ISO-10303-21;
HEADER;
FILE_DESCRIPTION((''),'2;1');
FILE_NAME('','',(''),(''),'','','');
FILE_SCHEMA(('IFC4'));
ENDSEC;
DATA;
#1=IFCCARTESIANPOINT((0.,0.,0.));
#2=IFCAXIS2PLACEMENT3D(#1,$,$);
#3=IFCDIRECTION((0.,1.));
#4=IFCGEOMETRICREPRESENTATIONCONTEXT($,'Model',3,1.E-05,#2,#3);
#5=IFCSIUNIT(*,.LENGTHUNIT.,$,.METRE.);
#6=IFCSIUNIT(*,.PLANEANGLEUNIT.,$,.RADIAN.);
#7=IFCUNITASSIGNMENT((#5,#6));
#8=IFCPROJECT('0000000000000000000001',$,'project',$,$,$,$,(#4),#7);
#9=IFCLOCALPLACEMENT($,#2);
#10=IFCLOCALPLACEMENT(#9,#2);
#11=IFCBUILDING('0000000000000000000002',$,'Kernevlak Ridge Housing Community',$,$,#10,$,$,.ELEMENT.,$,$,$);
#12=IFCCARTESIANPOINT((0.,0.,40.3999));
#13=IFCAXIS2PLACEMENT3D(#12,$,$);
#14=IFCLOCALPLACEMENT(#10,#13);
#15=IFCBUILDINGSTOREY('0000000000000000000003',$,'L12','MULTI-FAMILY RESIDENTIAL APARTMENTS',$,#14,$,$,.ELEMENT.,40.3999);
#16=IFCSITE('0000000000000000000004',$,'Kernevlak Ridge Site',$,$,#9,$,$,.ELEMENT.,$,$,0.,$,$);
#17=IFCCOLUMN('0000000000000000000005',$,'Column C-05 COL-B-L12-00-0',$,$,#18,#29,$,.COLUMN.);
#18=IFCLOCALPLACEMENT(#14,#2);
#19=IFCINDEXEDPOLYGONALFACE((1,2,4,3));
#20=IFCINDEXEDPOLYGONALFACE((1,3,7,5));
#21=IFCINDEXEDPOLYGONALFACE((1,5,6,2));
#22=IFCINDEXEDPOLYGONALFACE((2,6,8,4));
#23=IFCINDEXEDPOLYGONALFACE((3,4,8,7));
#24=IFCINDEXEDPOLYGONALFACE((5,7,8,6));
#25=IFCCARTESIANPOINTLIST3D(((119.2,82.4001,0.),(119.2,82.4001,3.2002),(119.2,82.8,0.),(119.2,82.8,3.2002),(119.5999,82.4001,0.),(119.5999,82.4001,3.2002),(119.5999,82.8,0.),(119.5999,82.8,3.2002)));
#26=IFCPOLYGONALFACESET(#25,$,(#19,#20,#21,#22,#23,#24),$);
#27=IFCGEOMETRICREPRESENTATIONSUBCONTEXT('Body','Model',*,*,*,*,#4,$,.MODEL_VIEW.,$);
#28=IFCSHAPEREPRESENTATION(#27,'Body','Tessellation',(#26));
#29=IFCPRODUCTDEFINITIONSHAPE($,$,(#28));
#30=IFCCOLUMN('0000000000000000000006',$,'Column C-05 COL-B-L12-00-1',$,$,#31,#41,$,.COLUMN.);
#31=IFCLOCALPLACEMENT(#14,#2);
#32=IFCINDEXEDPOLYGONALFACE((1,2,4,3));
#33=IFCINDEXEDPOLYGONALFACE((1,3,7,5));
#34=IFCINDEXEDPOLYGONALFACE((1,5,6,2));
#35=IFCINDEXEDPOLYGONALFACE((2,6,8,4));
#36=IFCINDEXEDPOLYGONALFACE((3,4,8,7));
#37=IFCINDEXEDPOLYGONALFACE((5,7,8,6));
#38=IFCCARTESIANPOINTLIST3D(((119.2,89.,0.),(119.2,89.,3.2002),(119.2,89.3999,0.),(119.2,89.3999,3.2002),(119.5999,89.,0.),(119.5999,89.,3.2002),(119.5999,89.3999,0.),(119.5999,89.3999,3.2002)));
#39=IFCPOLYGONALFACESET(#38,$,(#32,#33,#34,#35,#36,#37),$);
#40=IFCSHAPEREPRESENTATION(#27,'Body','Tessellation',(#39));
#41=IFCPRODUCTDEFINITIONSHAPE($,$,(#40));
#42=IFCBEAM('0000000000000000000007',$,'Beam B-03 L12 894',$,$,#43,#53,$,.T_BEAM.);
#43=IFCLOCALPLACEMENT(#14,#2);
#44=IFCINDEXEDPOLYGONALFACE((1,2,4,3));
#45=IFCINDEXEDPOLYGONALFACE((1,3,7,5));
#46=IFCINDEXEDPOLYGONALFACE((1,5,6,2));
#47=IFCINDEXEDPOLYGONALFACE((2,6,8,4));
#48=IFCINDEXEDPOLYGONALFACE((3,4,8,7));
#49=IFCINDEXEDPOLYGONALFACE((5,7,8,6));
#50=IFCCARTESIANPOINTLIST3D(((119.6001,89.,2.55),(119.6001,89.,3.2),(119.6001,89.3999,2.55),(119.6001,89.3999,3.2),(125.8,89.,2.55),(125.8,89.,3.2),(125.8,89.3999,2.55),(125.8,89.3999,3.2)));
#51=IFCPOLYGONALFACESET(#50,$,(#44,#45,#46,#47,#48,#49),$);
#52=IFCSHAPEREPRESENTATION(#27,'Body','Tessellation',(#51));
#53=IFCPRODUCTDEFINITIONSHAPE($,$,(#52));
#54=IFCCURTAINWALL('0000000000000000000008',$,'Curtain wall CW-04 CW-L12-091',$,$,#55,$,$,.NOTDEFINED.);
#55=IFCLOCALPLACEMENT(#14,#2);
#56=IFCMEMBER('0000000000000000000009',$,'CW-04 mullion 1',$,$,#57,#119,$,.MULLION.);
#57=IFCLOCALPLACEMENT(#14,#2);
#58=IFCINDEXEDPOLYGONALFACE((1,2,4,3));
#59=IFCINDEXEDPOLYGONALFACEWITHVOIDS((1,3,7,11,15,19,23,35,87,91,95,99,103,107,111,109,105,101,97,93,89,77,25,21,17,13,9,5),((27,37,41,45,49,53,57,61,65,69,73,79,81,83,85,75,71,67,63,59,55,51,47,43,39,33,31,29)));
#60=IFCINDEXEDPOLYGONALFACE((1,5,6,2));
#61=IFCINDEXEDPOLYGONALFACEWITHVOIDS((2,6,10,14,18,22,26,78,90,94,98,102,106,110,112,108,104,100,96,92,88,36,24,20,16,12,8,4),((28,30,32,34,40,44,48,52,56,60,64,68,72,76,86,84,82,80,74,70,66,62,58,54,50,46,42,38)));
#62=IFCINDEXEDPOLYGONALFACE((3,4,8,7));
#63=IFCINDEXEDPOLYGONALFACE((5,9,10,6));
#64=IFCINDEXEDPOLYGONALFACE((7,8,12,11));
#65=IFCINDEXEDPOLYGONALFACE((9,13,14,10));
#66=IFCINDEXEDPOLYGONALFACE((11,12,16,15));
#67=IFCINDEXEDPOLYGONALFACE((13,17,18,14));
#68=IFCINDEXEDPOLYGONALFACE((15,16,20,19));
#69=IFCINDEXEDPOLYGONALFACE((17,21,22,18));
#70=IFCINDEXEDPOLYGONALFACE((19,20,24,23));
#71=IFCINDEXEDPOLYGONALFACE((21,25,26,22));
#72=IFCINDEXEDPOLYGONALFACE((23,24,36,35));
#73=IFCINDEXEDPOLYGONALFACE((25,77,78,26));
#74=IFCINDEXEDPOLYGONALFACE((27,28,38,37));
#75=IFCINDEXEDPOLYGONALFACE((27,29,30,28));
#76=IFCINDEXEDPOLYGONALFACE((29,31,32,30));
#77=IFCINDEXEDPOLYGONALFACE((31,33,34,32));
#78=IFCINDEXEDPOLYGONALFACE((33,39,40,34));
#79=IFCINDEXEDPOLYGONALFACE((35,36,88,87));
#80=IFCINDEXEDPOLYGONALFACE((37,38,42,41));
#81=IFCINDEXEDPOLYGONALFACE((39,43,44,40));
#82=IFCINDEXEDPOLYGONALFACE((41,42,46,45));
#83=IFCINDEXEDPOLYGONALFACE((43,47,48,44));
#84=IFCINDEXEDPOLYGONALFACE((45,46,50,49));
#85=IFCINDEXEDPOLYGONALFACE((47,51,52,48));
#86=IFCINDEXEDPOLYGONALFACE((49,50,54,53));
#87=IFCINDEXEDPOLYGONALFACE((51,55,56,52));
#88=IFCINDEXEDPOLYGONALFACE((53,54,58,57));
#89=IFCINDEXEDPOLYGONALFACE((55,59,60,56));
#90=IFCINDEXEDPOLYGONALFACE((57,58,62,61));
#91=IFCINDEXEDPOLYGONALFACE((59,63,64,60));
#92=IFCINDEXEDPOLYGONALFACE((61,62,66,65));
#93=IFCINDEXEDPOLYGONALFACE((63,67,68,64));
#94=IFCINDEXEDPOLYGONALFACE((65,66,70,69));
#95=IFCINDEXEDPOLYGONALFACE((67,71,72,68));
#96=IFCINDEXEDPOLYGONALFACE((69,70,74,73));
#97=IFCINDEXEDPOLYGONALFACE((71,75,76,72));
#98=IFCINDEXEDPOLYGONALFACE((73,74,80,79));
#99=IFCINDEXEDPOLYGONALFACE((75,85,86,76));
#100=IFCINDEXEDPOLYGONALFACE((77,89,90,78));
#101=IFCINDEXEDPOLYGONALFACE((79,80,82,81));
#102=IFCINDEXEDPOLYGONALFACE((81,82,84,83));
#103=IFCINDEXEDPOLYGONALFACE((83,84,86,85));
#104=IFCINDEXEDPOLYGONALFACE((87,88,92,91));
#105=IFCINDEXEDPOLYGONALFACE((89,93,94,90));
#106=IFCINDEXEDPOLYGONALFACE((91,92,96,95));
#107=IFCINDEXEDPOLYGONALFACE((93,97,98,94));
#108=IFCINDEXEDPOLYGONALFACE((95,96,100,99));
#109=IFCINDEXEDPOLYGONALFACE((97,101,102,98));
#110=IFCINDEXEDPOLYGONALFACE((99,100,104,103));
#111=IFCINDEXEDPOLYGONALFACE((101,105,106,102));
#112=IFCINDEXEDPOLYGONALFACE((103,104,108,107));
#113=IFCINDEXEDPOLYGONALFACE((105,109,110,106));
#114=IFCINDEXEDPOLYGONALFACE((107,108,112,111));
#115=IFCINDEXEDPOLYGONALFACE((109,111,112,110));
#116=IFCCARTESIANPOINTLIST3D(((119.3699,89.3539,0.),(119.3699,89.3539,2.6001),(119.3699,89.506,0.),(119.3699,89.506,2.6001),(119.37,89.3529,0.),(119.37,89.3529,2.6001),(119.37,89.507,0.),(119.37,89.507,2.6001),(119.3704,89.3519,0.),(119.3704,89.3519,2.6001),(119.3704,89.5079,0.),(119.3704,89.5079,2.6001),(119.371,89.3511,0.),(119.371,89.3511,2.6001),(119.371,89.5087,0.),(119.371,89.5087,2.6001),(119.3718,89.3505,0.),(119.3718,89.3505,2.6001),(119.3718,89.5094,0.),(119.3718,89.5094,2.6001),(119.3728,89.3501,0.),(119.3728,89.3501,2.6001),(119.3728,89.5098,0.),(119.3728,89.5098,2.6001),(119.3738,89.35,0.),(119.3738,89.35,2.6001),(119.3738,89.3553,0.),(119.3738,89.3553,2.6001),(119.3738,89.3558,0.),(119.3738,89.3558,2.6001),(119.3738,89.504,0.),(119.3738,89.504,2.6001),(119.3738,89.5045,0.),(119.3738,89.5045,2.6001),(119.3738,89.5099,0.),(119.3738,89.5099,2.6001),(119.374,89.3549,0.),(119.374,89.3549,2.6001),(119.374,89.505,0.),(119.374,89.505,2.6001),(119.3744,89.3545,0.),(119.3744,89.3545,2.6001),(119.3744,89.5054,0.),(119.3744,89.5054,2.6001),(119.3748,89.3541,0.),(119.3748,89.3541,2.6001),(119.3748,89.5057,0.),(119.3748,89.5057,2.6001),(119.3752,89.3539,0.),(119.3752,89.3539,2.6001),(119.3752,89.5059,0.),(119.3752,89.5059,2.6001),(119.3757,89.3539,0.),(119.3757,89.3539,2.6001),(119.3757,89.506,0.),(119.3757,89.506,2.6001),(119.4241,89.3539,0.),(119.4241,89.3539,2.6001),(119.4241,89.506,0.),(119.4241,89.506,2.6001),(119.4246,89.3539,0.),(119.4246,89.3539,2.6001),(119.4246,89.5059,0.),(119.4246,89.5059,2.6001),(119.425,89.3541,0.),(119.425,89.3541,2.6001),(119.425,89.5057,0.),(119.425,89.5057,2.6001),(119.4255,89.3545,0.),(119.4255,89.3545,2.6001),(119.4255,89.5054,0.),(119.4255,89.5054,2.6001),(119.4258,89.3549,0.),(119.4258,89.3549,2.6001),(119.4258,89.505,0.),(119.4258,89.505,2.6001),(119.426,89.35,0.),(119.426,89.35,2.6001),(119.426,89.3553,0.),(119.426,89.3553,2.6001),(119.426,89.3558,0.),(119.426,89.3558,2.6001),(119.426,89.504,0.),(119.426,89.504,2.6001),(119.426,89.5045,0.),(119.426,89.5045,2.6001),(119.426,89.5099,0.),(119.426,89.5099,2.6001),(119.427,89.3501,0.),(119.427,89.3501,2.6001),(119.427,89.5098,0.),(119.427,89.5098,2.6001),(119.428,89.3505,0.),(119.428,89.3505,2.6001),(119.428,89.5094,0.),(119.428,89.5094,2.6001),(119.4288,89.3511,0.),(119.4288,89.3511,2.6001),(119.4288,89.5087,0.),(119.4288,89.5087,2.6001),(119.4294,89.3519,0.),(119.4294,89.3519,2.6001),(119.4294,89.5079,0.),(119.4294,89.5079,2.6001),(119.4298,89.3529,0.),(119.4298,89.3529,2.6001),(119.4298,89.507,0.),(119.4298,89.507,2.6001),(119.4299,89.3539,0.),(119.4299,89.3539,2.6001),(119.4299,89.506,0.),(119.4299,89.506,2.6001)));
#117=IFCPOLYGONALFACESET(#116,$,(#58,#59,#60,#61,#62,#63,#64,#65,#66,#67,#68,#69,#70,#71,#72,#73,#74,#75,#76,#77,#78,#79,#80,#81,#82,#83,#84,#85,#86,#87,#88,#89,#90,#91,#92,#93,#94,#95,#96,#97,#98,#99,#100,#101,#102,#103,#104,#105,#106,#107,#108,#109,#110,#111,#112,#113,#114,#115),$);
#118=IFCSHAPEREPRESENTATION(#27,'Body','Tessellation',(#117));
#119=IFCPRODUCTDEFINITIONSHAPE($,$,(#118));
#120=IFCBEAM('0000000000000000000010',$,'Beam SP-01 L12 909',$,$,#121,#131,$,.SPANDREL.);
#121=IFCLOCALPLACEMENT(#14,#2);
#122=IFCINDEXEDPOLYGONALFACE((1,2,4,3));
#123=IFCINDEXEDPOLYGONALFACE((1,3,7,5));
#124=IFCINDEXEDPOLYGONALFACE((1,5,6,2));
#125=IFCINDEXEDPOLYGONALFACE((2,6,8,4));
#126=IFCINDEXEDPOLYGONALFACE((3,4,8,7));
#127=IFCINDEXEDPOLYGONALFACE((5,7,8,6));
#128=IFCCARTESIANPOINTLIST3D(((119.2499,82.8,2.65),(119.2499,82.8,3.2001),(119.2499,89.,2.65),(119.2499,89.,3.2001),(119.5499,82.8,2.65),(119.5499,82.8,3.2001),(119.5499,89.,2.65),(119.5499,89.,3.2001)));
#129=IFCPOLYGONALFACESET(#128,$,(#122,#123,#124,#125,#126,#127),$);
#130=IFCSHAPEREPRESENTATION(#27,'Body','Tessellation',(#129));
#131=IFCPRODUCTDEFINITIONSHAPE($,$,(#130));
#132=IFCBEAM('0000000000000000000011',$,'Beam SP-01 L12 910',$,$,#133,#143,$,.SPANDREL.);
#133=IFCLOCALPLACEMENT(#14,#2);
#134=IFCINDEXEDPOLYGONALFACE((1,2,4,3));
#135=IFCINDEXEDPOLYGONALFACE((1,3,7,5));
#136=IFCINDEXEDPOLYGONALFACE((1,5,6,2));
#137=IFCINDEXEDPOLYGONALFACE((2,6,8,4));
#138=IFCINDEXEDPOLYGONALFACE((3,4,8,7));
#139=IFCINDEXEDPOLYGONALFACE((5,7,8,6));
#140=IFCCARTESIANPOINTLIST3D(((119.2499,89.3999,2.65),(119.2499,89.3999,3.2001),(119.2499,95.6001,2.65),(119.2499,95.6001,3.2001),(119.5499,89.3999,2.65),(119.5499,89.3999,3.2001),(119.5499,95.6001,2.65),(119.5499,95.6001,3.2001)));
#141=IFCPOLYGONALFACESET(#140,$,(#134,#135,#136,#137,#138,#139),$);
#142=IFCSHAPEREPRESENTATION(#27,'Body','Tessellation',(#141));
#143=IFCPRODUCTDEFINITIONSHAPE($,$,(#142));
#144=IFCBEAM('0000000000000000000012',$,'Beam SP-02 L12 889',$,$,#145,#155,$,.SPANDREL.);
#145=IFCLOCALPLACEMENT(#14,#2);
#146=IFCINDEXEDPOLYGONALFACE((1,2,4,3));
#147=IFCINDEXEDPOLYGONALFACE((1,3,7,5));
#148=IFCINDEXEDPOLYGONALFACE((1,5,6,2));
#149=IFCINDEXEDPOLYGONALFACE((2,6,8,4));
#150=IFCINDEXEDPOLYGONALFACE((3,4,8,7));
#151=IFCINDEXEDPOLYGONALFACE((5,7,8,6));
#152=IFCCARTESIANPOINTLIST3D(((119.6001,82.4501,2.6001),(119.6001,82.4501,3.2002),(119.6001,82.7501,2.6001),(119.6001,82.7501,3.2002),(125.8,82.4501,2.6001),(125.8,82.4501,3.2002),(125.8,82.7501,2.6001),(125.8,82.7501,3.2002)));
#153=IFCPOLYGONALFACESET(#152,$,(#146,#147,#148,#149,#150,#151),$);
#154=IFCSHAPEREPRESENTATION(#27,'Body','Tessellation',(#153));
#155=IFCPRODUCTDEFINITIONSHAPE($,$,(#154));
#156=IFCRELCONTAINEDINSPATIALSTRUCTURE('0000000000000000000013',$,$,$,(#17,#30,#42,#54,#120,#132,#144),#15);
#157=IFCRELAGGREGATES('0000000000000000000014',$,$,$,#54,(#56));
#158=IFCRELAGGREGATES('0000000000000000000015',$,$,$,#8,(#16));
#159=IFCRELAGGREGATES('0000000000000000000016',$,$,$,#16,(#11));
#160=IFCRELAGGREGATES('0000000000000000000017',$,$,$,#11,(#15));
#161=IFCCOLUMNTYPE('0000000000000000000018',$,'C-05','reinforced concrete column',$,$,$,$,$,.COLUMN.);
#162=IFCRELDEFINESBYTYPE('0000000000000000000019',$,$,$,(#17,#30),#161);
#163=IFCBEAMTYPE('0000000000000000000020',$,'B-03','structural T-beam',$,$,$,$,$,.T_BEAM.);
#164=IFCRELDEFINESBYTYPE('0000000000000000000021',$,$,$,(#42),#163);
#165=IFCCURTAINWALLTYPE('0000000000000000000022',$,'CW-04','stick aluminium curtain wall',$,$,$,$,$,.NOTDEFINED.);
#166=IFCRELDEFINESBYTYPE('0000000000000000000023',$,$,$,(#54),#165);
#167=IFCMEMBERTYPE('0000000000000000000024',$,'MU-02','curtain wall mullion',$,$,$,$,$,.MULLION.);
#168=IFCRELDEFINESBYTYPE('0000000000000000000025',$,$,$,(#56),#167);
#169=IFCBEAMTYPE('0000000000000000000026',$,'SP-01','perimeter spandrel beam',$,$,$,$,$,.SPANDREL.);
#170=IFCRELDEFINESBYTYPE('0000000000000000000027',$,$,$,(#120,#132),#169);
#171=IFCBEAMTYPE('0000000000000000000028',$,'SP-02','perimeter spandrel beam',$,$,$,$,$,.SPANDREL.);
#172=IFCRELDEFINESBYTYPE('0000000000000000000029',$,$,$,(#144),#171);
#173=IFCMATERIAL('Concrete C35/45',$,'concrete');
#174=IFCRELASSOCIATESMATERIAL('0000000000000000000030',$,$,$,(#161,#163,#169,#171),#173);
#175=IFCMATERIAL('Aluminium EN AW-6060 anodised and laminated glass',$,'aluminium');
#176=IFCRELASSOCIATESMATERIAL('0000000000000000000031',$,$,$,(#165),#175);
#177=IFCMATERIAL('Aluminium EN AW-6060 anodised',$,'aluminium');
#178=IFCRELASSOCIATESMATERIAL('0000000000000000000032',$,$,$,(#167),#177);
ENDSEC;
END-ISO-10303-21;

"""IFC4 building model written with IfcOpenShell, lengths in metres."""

from ifc_helpers import new_model, si_unit, direction, frame, origin, origin_2d, place, context, subcontext, project, spatial, rectangle, hollow_rectangle, extrude, material, material_profile, profile_set, type_object, element, aggregate, save


model = new_model("IFC4")

# Units and contexts
model_context = context("Model", 3, precision=1e-05, world=origin(), true_north=direction((0.0, 1.0)))
body_context = subcontext(model_context, "Body", "Model", "MODEL_VIEW")
ifc_project = project(units=[si_unit("LENGTHUNIT", "METRE"), si_unit("PLANEANGLEUNIT", "RADIAN")], contexts=[model_context])

# Site, building, storey
site_placement = place(None, origin())
site = spatial("IfcSite", under=ifc_project, at=site_placement, Name="Kernevlak Ridge Site", CompositionType="ELEMENT", RefElevation=0.0)
building_placement = place(site_placement, origin())
building = spatial("IfcBuilding", under=site, at=building_placement, Name="Kernevlak Ridge Housing Community", CompositionType="ELEMENT")
storey_placement = place(building_placement, frame((0.0, 0.0, 40.3999)))
storey = spatial("IfcBuildingStorey", under=building, at=storey_placement, Name="L12", Description="MULTI-FAMILY RESIDENTIAL APARTMENTS", CompositionType="ELEMENT", Elevation=40.3999)

# Columns
ifc_material_1 = material(Name="Concrete C35/45", Category="concrete")
ifc_material_profile_1 = material_profile(ifc_material_1, rectangle(XDim=0.3999, YDim=0.3999, at=origin_2d()), Name="RC 400x400")
ifc_profile_set_1 = profile_set([ifc_material_profile_1], Name="Concrete C35/45")
column_type = type_object("IfcColumnType", Name="C-05", Description="reinforced concrete column", PredefinedType="COLUMN", material=ifc_profile_set_1)
for number, where, z_axis, x_axis, name in (
    (1, (119.3999, 82.6001, 0.0), (0.0, 0.0, 1.0), (1.0, 0.0, 0.0), "Column C-05 COL-B-L12-00-0"),
    (2, (119.3999, 89.2, 0.0), (0.0, 0.0, 1.0), (1.0, 0.0, 0.0), "Column C-05 COL-B-L12-00-1"),
):
    element("IfcColumn", number, at=place(storey_placement, frame(where, z_axis=z_axis, x_axis=x_axis)), inside=storey, type_object=column_type, Name=name, PredefinedType="COLUMN", context=body_context, shape_type="SweptSolid", body=[
        extrude(rectangle(XDim=0.3999, YDim=0.3999, at=origin_2d()), origin(), (0.0, 0.0, 1.0), 3.2002),
    ])

# Beam
ifc_material_profile_2 = material_profile(ifc_material_1, rectangle(XDim=0.3999, YDim=0.6499, at=origin_2d()), Name="RC 400x650")
ifc_profile_set_2 = profile_set([ifc_material_profile_2], Name="Concrete C35/45")
beam_type_1 = type_object("IfcBeamType", Name="B-03", Description="structural T-beam", PredefinedType="T_BEAM", material=ifc_profile_set_2)
beam_1_placement = place(storey_placement, frame((119.6001, 89.2, 2.875), z_axis=(1.0, 0.0, 0.0), x_axis=(0.0, 1.0, 0.0)))
element("IfcBeam", 3, at=beam_1_placement, inside=storey, type_object=beam_type_1, Name="Beam B-03 L12 894", PredefinedType="T_BEAM", context=body_context, shape_type="SweptSolid", body=[
    extrude(rectangle(XDim=0.3999, YDim=0.6499, at=origin_2d()), origin(), (0.0, 0.0, 1.0), 6.2),
])

# Curtain wall, member
ifc_material_2 = material(Name="Aluminium EN AW-6060 anodised and laminated glass", Category="aluminium")
curtain_wall_type = type_object("IfcCurtainWallType", Name="CW-04", Description="stick aluminium curtain wall", PredefinedType="NOTDEFINED", material=ifc_material_2)
curtain_wall_placement = place(storey_placement, origin())
curtain_wall = element("IfcCurtainWall", 4, at=curtain_wall_placement, inside=storey, type_object=curtain_wall_type, Name="Curtain wall CW-04 CW-L12-091", PredefinedType="NOTDEFINED")
ifc_material_3 = material(Name="Aluminium EN AW-6060 anodised", Category="aluminium")
ifc_material_profile_3 = material_profile(ifc_material_3, hollow_rectangle(XDim=0.0601, YDim=0.1599, WallThickness=0.0039, InnerFilletRadius=0.002, OuterFilletRadius=0.0039, at=origin_2d()), Name="ALU 60x160x4")
ifc_profile_set_3 = profile_set([ifc_material_profile_3], Name="Aluminium EN AW-6060 anodised")
member_type_1 = type_object("IfcMemberType", Name="MU-02", Description="curtain wall mullion", PredefinedType="MULLION", material=ifc_profile_set_3)
member_1_placement = place(storey_placement, frame((119.3999, 89.4299, 0.0), z_axis=(0.0, 0.0, 1.0), x_axis=(-1.0, 0.0, 0.0)))
member_1 = element("IfcMember", 5, at=member_1_placement, type_object=member_type_1, Name="CW-04 mullion 1", PredefinedType="MULLION", context=body_context, shape_type="SweptSolid", body=[
    extrude(hollow_rectangle(XDim=0.0601, YDim=0.1599, WallThickness=0.0039, InnerFilletRadius=0.002, OuterFilletRadius=0.0039, at=origin_2d()), origin(), (0.0, 0.0, 1.0), 2.6001),
])

# Beams
ifc_material_profile_4 = material_profile(ifc_material_1, rectangle(XDim=0.3, YDim=0.55, at=origin_2d()), Name="RC 300x550")
ifc_profile_set_4 = profile_set([ifc_material_profile_4], Name="Concrete C35/45")
beam_type_2 = type_object("IfcBeamType", Name="SP-01", Description="perimeter spandrel beam", PredefinedType="SPANDREL", material=ifc_profile_set_4)
beam_2_placement = place(storey_placement, frame((119.3999, 82.8, 2.925), z_axis=(0.0, 1.0, 0.0), x_axis=(-1.0, 0.0, 0.0)))
element("IfcBeam", 6, at=beam_2_placement, inside=storey, type_object=beam_type_2, Name="Beam SP-01 L12 909", PredefinedType="SPANDREL", context=body_context, shape_type="SweptSolid", body=[
    extrude(rectangle(XDim=0.3, YDim=0.55, at=origin_2d()), origin(), (0.0, 0.0, 1.0), 6.2),
])
beam_3_placement = place(storey_placement, frame((119.3999, 89.3999, 2.925), z_axis=(0.0, 1.0, 0.0), x_axis=(-1.0, 0.0, 0.0)))
element("IfcBeam", 7, at=beam_3_placement, inside=storey, type_object=beam_type_2, Name="Beam SP-01 L12 910", PredefinedType="SPANDREL", context=body_context, shape_type="SweptSolid", body=[
    extrude(rectangle(XDim=0.3, YDim=0.55, at=origin_2d()), origin(), (0.0, 0.0, 1.0), 6.2002),
])
ifc_material_profile_5 = material_profile(ifc_material_1, rectangle(XDim=0.3, YDim=0.6001, at=origin_2d()), Name="RC 300x600")
ifc_profile_set_5 = profile_set([ifc_material_profile_5], Name="Concrete C35/45")
beam_type_3 = type_object("IfcBeamType", Name="SP-02", Description="perimeter spandrel beam", PredefinedType="SPANDREL", material=ifc_profile_set_5)
beam_4_placement = place(storey_placement, frame((119.6001, 82.6001, 2.9001), z_axis=(1.0, 0.0, 0.0), x_axis=(0.0, 1.0, 0.0)))
element("IfcBeam", 8, at=beam_4_placement, inside=storey, type_object=beam_type_3, Name="Beam SP-02 L12 889", PredefinedType="SPANDREL", context=body_context, shape_type="SweptSolid", body=[
    extrude(rectangle(XDim=0.3, YDim=0.6001, at=origin_2d()), origin(), (0.0, 0.0, 1.0), 6.2),
])

aggregate(curtain_wall, [member_1])

save(model, "model.ifc")
